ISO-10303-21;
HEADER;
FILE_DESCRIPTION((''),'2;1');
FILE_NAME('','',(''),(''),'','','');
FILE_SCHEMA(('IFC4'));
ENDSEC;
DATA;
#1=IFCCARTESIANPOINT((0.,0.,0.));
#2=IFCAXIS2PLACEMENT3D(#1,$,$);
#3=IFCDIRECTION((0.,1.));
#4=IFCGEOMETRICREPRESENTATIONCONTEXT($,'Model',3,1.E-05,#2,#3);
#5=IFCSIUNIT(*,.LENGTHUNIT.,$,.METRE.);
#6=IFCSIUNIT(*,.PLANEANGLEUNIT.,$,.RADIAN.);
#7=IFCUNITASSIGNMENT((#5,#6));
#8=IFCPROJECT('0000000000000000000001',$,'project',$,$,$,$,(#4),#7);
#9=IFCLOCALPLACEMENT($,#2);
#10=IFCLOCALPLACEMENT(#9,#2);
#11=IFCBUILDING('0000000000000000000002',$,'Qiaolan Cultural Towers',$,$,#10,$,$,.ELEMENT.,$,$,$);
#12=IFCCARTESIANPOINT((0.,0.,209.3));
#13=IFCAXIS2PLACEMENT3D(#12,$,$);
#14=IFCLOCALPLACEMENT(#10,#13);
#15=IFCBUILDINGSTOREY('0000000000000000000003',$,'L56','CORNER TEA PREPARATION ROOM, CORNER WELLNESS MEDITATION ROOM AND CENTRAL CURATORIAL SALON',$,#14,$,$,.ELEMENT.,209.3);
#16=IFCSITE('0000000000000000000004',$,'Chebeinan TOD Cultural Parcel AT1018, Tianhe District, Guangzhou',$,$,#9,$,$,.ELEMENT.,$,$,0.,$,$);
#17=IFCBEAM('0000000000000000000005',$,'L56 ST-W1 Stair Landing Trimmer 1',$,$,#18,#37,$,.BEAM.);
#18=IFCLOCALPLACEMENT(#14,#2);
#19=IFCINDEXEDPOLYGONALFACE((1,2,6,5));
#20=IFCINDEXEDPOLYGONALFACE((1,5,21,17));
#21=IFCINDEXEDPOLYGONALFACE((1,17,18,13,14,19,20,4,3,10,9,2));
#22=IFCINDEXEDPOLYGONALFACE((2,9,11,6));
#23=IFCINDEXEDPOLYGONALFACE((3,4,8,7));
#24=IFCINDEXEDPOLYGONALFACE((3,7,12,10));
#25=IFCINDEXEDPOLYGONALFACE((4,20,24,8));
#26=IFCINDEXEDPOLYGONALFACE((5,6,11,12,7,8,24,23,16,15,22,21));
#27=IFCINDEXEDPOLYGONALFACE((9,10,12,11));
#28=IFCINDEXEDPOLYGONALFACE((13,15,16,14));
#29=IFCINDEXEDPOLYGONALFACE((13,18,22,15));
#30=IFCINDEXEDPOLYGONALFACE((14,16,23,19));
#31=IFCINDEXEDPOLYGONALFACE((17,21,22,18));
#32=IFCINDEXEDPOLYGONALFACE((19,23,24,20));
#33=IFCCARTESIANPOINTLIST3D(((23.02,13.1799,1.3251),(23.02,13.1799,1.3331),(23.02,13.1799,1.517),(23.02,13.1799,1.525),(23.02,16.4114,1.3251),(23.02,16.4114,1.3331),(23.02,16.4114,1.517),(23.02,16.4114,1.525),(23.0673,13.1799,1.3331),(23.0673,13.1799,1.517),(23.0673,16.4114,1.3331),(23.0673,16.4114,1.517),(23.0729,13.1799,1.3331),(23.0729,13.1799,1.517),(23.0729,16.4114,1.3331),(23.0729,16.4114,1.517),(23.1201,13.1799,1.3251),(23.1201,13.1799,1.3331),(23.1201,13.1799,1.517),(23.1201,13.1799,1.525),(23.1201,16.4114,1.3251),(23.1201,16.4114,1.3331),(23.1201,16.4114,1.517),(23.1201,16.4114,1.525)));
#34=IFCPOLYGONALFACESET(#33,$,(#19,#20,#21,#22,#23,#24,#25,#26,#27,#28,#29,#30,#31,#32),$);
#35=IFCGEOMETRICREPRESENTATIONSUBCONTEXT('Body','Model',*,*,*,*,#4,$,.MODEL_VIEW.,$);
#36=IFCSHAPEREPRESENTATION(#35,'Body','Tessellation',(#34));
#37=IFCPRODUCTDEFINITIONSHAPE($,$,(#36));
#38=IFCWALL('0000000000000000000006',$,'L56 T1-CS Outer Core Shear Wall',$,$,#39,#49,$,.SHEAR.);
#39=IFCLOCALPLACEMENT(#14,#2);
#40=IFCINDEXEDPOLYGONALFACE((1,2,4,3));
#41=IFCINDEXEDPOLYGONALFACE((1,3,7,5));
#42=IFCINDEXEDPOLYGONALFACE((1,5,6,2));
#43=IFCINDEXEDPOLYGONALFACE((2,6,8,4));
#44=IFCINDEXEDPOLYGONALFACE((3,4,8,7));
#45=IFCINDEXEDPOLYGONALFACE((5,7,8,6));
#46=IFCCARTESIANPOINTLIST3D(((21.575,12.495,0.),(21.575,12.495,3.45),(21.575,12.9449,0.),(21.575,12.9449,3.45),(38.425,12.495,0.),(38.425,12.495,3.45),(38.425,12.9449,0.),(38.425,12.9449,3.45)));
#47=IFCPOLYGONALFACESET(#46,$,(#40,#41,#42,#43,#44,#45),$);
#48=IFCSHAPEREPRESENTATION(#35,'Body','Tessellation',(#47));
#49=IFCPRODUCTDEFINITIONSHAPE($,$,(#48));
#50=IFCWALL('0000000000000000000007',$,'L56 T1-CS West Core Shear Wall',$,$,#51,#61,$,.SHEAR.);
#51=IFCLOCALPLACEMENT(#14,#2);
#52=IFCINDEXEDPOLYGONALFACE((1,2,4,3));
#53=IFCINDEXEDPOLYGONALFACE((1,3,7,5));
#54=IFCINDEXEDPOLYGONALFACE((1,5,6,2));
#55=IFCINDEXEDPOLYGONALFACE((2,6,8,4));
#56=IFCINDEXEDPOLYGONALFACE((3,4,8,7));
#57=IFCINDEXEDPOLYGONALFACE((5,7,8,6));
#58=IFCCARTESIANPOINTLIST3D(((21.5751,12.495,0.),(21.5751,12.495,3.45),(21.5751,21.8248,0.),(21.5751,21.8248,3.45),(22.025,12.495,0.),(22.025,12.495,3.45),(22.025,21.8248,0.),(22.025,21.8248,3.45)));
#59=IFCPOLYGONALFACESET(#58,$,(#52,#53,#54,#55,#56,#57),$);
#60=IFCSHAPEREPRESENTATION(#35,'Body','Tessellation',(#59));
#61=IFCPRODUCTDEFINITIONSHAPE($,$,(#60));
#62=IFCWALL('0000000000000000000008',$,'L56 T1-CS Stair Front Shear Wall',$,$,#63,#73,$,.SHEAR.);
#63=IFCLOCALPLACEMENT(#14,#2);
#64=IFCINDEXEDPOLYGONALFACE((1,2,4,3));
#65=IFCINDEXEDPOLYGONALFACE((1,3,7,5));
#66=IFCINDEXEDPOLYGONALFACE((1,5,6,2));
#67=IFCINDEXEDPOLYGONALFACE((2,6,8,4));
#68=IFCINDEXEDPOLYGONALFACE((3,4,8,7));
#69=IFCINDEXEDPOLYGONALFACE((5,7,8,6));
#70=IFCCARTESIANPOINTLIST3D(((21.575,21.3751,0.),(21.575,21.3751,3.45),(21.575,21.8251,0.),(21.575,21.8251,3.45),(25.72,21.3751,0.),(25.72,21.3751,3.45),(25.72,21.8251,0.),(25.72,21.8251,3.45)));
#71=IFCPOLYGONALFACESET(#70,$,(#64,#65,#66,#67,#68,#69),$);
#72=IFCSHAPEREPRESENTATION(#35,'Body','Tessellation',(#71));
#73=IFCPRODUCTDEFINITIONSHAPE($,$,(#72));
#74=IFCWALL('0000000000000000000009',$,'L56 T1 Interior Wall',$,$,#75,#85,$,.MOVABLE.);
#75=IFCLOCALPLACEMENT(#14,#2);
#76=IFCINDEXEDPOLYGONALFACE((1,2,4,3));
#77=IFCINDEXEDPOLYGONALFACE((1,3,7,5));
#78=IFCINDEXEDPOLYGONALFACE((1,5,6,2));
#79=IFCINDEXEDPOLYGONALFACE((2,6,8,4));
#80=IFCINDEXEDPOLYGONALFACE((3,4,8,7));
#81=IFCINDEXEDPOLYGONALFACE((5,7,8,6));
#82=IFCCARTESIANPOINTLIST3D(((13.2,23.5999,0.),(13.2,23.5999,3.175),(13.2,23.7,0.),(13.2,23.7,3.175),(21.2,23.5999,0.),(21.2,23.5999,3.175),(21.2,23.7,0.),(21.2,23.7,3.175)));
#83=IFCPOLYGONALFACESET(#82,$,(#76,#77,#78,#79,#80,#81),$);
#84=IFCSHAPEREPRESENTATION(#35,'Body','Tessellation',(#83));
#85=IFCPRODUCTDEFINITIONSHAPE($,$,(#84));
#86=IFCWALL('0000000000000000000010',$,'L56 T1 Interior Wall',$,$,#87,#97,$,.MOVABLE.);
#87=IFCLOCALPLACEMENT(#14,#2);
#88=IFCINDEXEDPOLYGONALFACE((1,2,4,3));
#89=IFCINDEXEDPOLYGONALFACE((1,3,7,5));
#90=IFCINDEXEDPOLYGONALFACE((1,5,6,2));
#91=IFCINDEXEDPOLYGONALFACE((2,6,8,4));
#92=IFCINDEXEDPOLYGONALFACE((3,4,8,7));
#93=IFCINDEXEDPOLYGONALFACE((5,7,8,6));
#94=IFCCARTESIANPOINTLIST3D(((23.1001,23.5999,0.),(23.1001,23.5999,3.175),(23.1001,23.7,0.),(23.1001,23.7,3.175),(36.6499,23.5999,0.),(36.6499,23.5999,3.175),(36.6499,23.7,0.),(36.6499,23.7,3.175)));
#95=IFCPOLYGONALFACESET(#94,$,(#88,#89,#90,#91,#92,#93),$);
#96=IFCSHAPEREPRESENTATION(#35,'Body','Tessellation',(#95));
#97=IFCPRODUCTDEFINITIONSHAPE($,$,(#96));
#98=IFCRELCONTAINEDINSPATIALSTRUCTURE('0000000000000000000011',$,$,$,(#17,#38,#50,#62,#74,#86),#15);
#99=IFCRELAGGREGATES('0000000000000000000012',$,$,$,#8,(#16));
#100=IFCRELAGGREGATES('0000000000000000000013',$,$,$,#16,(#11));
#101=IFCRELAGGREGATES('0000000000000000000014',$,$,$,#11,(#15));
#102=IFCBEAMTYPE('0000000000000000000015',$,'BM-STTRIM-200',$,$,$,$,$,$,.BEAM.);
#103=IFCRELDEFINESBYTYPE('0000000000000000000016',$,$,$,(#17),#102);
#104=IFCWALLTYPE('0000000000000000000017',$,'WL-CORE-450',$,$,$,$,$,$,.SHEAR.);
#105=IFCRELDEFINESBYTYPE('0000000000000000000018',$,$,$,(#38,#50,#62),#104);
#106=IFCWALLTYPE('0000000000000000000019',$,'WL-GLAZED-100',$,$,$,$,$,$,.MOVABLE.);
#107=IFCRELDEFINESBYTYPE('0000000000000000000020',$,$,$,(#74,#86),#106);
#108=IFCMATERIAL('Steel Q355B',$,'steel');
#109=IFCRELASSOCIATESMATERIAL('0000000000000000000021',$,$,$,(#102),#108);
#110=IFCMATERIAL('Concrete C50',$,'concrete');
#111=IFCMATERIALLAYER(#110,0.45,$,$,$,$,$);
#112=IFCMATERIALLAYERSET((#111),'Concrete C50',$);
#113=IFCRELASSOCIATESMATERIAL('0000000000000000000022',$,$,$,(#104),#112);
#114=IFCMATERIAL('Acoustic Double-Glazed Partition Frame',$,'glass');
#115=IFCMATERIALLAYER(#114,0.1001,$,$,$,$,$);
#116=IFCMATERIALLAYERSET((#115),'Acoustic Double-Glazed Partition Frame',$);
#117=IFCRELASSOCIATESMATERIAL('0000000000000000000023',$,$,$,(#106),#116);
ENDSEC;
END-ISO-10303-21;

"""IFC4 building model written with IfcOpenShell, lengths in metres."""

from ifc_helpers import new_model, si_unit, direction, frame, frame_2d, origin, origin_2d, place, context, subcontext, project, spatial, rectangle, i_section, extrude, material, layer, layer_set, material_profile, profile_set, type_object, element, save


model = new_model("IFC4")

# Units and contexts
model_context = context("Model", 3, precision=1e-05, world=origin(), true_north=direction((0.0, 1.0)))
body_context = subcontext(model_context, "Body", "Model", "MODEL_VIEW")
ifc_project = project(units=[si_unit("LENGTHUNIT", "METRE"), si_unit("PLANEANGLEUNIT", "RADIAN")], contexts=[model_context])

# Site, building, storey
site_placement = place(None, origin())
site = spatial("IfcSite", under=ifc_project, at=site_placement, Name="Chebeinan TOD Cultural Parcel AT1018, Tianhe District, Guangzhou", CompositionType="ELEMENT", RefElevation=0.0)
building_placement = place(site_placement, origin())
building = spatial("IfcBuilding", under=site, at=building_placement, Name="Qiaolan Cultural Towers", CompositionType="ELEMENT")
storey_placement = place(building_placement, frame((0.0, 0.0, 209.3)))
storey = spatial("IfcBuildingStorey", under=building, at=storey_placement, Name="L56", Description="CORNER TEA PREPARATION ROOM, CORNER WELLNESS MEDITATION ROOM AND CENTRAL CURATORIAL SALON", CompositionType="ELEMENT", Elevation=209.3)

# Beam
ifc_material_1 = material(Name="Steel Q355B", Category="steel")
ifc_material_profile_1 = material_profile(ifc_material_1, i_section(OverallWidth=0.1001, OverallDepth=0.2, WebThickness=0.0056, FlangeThickness=0.0081, at=origin_2d()), Name="HN200x100x5.5x8")
ifc_profile_set_1 = profile_set([ifc_material_profile_1], Name="Steel Q355B")
beam_type_1 = type_object("IfcBeamType", Name="BM-STTRIM-200", PredefinedType="BEAM", material=ifc_profile_set_1)
beam_1_placement = place(storey_placement, frame((23.0701, 16.4114, 1.425), z_axis=(0.0, -1.0, 0.0), x_axis=(1.0, 0.0, 0.0)))
element("IfcBeam", 1, at=beam_1_placement, inside=storey, type_object=beam_type_1, Name="L56 ST-W1 Stair Landing Trimmer 1", PredefinedType="BEAM", context=body_context, shape_type="SweptSolid", body=[
    extrude(i_section(OverallWidth=0.1001, OverallDepth=0.2, WebThickness=0.0056, FlangeThickness=0.0081, at=origin_2d()), origin(), (0.0, 0.0, 1.0), 3.2314),
])

# Walls
ifc_material_2 = material(Name="Concrete C50", Category="concrete")
ifc_layer_1 = layer(ifc_material_2, 0.45)
ifc_layer_set_1 = layer_set([ifc_layer_1], Name="Concrete C50")
wall_type_1 = type_object("IfcWallType", Name="WL-CORE-450", PredefinedType="SHEAR", material=ifc_layer_set_1)
wall_1_placement = place(storey_placement, frame((21.575, 12.72, 0.0), z_axis=(0.0, 0.0, 1.0), x_axis=(1.0, 0.0, 0.0)))
element("IfcWall", 2, at=wall_1_placement, inside=storey, type_object=wall_type_1, Name="L56 T1-CS Outer Core Shear Wall", PredefinedType="SHEAR", context=body_context, shape_type="SweptSolid", body=[
    extrude(rectangle(XDim=16.8501, YDim=0.45, at=frame_2d((8.425, 0.0))), origin(), (0.0, 0.0, 1.0), 3.45),
])
wall_2_placement = place(storey_placement, frame((21.8, 21.825, 0.0), z_axis=(0.0, 0.0, 1.0), x_axis=(0.0, -1.0, 0.0)))
element("IfcWall", 3, at=wall_2_placement, inside=storey, type_object=wall_type_1, Name="L56 T1-CS West Core Shear Wall", PredefinedType="SHEAR", context=body_context, shape_type="SweptSolid", body=[
    extrude(rectangle(XDim=9.3298, YDim=0.45, at=frame_2d((4.665, 0.0))), origin(), (0.0, 0.0, 1.0), 3.45),
])
wall_3_placement = place(storey_placement, frame((21.575, 21.6001, 0.0), z_axis=(0.0, 0.0, 1.0), x_axis=(1.0, 0.0, 0.0)))
element("IfcWall", 4, at=wall_3_placement, inside=storey, type_object=wall_type_1, Name="L56 T1-CS Stair Front Shear Wall", PredefinedType="SHEAR", context=body_context, shape_type="SweptSolid", body=[
    extrude(rectangle(XDim=4.145, YDim=0.45, at=frame_2d((2.0725, 0.0))), origin(), (0.0, 0.0, 1.0), 3.45),
])
ifc_material_3 = material(Name="Acoustic Double-Glazed Partition Frame", Category="glass")
ifc_layer_2 = layer(ifc_material_3, 0.1001)
ifc_layer_set_2 = layer_set([ifc_layer_2], Name="Acoustic Double-Glazed Partition Frame")
wall_type_2 = type_object("IfcWallType", Name="WL-GLAZED-100", PredefinedType="MOVABLE", material=ifc_layer_set_2)
wall_4_placement = place(storey_placement, frame((13.2, 23.6499, 0.0), z_axis=(0.0, 0.0, 1.0), x_axis=(1.0, 0.0, 0.0)))
element("IfcWall", 5, at=wall_4_placement, inside=storey, type_object=wall_type_2, Name="L56 T1 Interior Wall", PredefinedType="MOVABLE", context=body_context, shape_type="SweptSolid", body=[
    extrude(rectangle(XDim=8.0, YDim=0.1001, at=frame_2d((4.0, 0.0))), origin(), (0.0, 0.0, 1.0), 3.175),
])
wall_5_placement = place(storey_placement, frame((23.1001, 23.6499, 0.0), z_axis=(0.0, 0.0, 1.0), x_axis=(1.0, 0.0, 0.0)))
element("IfcWall", 6, at=wall_5_placement, inside=storey, type_object=wall_type_2, Name="L56 T1 Interior Wall", PredefinedType="MOVABLE", context=body_context, shape_type="SweptSolid", body=[
    extrude(rectangle(XDim=13.5498, YDim=0.1001, at=frame_2d((6.7749, 0.0))), origin(), (0.0, 0.0, 1.0), 3.175),
])

save(model, "model.ifc")
